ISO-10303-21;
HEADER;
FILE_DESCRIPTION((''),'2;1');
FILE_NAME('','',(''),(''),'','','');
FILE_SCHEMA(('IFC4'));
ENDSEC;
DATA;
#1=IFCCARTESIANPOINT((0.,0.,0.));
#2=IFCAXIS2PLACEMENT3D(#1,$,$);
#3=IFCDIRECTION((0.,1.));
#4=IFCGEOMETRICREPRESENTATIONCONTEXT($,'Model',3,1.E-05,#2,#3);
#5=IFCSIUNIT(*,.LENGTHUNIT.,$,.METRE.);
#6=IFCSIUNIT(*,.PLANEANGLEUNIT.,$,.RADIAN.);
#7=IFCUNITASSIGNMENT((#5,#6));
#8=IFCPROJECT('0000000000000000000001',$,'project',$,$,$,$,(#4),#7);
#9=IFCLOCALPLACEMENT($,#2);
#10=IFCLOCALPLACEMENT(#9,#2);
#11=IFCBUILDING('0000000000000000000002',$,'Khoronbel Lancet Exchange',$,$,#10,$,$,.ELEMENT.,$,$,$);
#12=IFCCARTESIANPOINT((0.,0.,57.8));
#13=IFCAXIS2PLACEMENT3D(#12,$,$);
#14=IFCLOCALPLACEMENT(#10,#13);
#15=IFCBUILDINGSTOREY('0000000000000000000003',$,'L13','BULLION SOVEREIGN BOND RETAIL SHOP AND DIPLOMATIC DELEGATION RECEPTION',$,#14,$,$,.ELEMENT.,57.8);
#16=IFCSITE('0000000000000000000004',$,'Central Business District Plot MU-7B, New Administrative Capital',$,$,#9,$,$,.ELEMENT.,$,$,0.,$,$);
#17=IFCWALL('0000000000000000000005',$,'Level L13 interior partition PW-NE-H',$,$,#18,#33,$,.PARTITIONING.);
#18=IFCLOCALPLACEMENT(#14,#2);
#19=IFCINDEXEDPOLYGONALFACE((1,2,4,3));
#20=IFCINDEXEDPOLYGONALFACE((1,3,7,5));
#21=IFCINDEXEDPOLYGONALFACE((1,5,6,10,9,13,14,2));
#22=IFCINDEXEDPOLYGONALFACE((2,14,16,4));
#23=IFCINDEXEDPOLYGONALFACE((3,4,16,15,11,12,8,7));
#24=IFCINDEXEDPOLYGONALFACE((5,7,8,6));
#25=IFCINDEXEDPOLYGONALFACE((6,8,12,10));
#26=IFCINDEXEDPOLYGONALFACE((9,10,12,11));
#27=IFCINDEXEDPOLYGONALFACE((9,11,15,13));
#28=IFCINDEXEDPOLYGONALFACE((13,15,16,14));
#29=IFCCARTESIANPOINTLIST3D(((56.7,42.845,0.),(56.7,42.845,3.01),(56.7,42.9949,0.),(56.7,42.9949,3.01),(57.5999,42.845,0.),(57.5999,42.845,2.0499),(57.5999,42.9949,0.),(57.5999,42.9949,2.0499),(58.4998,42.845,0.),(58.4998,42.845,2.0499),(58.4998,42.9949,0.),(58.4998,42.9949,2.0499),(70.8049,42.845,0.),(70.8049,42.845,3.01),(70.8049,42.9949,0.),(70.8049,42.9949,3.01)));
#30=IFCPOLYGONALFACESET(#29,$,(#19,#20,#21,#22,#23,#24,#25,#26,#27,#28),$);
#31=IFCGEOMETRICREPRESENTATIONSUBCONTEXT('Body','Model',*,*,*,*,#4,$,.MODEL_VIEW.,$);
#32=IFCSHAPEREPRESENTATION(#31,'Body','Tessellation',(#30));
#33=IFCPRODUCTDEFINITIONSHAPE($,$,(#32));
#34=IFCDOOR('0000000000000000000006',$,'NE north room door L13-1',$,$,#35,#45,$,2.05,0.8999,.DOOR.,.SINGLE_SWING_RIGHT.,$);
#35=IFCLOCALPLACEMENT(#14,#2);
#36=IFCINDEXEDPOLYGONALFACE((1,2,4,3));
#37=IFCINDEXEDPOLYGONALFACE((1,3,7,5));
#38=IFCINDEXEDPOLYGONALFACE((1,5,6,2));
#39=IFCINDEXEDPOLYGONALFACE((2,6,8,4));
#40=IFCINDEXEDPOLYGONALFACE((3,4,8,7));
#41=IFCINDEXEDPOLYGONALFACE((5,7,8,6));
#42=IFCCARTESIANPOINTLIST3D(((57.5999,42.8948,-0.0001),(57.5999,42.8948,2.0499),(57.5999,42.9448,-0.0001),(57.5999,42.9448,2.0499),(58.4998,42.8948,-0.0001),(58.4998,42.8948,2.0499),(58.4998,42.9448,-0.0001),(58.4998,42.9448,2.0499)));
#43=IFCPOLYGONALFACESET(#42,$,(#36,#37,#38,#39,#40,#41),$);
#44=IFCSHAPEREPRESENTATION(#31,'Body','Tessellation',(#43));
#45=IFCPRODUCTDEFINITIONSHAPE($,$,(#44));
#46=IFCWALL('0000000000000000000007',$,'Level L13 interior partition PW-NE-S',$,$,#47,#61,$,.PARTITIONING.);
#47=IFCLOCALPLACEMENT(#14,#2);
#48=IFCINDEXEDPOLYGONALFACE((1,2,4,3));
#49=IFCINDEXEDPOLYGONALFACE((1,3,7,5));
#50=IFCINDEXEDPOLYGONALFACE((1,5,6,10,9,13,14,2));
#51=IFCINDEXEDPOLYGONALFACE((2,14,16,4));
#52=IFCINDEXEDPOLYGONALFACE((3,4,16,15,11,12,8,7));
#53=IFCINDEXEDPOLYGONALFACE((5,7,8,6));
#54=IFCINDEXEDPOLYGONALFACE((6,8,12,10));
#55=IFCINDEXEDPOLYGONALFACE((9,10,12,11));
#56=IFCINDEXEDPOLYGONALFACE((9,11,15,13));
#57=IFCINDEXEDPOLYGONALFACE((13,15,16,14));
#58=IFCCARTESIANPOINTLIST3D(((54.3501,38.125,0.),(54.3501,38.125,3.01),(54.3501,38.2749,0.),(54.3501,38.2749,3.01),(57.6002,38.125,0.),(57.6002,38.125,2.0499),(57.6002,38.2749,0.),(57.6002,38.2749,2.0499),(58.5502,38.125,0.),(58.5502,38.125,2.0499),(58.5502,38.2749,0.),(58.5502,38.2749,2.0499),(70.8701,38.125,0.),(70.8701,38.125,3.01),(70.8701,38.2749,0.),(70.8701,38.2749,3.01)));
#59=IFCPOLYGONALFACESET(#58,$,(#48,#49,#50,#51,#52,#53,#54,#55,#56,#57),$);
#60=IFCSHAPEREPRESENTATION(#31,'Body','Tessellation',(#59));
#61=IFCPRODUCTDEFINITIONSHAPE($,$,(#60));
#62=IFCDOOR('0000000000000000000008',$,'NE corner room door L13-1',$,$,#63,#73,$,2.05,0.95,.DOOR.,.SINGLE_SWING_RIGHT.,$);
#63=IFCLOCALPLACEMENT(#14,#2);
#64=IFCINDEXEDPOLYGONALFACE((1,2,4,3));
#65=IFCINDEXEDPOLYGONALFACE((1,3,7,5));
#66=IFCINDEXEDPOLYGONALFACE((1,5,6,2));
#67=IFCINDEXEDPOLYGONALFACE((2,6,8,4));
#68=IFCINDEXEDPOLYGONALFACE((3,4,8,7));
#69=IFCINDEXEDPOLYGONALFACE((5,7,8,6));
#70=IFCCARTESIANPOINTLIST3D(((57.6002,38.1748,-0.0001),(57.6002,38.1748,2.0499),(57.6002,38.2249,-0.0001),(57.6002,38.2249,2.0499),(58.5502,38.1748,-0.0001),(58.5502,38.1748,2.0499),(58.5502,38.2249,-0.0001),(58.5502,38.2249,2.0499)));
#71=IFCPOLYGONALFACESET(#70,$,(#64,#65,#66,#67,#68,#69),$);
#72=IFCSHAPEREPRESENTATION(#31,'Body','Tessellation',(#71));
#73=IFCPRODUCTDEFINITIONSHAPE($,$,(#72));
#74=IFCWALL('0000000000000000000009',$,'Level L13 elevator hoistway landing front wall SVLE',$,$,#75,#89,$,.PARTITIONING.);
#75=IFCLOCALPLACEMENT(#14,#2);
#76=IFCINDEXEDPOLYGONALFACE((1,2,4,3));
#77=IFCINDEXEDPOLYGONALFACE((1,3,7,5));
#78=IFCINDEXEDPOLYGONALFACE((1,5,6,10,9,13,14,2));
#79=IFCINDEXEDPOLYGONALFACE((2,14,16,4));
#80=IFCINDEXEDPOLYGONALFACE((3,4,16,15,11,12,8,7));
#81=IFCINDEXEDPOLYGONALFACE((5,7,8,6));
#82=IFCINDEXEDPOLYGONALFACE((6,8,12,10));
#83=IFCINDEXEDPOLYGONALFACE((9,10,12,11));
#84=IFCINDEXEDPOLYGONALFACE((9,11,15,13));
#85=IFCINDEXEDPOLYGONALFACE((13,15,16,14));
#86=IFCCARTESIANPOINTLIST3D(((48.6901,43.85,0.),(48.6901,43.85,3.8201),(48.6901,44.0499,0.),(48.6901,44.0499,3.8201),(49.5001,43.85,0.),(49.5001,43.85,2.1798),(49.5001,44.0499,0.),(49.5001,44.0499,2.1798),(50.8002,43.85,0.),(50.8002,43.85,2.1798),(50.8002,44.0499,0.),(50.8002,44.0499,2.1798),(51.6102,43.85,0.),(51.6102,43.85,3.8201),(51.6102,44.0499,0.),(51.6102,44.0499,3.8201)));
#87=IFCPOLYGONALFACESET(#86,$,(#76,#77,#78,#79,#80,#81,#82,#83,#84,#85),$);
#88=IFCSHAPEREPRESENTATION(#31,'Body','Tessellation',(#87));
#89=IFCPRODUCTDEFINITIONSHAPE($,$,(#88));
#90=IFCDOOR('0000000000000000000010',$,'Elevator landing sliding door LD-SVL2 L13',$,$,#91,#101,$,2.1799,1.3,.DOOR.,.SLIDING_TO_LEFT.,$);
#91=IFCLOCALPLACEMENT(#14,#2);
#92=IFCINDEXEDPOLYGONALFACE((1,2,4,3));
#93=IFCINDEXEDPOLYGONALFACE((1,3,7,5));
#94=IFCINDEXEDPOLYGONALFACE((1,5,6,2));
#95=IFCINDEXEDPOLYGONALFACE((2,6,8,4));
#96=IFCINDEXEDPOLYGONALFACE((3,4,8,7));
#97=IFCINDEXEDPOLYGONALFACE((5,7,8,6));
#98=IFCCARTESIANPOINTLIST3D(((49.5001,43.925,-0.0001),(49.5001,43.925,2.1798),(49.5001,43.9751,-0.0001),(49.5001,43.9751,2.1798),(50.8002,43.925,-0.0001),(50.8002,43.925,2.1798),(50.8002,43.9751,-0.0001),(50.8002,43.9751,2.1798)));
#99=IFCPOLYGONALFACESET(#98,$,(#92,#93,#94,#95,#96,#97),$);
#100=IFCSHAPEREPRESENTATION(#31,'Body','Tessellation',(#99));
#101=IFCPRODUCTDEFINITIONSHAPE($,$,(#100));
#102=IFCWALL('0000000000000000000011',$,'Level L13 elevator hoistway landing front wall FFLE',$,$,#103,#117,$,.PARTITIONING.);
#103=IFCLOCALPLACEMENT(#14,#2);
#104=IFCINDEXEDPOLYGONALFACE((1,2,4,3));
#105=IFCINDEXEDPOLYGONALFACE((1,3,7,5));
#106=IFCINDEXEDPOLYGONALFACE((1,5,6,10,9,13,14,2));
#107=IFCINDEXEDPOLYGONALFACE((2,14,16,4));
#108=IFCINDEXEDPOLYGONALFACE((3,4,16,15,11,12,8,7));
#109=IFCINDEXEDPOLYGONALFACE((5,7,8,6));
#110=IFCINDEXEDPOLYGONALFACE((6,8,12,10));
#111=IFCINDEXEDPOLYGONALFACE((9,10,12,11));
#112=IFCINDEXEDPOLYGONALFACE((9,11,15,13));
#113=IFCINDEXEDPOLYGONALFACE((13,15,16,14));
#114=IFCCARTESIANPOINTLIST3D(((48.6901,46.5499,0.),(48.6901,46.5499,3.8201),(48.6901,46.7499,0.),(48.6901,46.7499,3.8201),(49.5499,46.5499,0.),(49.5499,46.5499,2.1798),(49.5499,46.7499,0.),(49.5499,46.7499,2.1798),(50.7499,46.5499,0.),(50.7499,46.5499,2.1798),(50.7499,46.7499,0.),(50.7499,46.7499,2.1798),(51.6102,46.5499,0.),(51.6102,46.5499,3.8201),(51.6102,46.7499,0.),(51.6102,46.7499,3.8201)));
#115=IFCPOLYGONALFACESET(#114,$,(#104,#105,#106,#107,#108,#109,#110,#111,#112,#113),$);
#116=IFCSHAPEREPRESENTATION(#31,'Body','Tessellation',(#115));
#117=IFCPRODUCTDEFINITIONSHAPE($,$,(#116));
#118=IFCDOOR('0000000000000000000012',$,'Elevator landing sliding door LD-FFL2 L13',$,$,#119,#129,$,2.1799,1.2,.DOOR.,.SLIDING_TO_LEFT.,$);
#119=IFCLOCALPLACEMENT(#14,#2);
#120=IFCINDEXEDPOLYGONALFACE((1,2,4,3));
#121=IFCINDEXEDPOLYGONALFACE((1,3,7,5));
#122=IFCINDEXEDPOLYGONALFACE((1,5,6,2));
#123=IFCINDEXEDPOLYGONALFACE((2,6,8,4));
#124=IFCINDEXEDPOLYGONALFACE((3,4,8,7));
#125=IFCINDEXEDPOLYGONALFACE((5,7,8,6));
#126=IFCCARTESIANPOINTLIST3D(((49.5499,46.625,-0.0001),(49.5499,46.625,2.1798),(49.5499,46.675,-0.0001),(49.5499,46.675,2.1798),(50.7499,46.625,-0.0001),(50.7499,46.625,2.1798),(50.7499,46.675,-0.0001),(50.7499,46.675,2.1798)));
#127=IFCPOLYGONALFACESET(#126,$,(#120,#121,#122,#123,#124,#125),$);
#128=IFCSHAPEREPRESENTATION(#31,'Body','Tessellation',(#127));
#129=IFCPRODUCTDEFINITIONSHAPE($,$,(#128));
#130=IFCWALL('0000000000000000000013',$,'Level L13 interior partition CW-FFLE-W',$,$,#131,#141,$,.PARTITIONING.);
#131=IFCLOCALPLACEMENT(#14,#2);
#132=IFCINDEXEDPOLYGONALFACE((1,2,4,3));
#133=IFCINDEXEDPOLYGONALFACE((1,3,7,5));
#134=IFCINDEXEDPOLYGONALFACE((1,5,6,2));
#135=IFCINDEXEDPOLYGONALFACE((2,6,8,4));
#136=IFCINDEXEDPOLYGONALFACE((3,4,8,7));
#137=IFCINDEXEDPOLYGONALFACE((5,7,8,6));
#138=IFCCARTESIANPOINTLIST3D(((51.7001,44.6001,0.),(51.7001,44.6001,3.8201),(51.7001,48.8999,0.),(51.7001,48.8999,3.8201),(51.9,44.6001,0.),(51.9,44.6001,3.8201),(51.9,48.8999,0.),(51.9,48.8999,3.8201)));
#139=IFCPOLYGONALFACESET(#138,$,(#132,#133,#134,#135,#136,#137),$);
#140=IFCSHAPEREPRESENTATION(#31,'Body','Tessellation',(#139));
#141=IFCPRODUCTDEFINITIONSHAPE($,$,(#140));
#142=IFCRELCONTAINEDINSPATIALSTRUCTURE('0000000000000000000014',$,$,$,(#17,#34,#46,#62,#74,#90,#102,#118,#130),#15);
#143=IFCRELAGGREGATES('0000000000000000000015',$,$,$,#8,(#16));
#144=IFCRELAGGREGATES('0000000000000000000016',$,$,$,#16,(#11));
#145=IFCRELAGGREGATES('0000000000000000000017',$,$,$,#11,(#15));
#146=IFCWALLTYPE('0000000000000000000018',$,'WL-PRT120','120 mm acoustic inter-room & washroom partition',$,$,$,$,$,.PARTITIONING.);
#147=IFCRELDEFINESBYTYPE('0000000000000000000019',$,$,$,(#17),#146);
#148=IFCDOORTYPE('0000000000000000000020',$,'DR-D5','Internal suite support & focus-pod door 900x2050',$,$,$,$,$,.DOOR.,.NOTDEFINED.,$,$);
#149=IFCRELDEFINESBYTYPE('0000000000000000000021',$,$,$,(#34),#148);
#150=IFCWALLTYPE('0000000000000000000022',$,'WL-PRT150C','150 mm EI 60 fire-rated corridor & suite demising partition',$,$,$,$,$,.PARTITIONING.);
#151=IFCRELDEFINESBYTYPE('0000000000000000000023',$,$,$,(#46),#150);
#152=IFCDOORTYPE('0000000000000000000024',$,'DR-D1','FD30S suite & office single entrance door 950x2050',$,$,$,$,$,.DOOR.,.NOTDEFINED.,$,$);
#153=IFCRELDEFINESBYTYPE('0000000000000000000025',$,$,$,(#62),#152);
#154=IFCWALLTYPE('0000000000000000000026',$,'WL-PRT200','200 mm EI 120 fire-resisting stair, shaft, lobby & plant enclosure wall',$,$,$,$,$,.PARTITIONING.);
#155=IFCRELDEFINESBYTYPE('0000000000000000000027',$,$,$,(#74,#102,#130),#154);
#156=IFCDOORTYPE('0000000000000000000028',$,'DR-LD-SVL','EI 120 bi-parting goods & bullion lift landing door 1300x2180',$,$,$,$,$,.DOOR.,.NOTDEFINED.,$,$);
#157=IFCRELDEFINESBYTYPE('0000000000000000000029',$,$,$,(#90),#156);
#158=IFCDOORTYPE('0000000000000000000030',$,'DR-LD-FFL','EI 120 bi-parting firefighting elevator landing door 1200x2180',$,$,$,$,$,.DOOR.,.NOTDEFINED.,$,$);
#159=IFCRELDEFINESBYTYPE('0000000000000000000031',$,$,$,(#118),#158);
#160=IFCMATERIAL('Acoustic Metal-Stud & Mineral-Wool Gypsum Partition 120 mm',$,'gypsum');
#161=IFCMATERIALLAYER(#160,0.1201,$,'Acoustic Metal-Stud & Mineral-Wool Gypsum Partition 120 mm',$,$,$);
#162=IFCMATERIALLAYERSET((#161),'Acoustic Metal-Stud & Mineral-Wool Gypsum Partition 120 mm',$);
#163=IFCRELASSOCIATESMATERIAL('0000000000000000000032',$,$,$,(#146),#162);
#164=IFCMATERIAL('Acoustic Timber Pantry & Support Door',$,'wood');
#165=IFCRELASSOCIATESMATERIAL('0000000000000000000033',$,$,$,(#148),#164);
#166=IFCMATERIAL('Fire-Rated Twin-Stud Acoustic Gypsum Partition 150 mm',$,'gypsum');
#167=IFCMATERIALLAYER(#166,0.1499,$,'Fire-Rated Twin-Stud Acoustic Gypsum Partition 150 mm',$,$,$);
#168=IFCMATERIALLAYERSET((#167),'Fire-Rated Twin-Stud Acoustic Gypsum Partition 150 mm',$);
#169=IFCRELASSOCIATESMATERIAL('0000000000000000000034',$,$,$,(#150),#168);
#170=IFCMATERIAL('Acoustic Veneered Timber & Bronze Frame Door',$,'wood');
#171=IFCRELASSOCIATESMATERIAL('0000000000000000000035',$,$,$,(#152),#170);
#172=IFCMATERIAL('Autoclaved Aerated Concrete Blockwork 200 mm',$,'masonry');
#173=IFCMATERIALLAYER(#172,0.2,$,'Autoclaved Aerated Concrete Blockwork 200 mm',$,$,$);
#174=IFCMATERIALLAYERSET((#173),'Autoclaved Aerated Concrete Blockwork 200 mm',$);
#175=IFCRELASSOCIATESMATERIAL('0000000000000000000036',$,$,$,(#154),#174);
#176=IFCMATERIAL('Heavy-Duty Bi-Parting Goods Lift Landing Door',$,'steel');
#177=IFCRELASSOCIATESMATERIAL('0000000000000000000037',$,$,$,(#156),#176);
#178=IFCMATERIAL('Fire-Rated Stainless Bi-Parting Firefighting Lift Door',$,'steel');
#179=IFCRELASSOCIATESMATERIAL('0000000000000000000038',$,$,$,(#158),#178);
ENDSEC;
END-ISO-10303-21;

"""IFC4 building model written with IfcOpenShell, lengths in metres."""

from ifc_helpers import new_model, si_unit, direction, frame, frame_2d, origin, place, context, subcontext, project, spatial, rectangle, extrude, material, layer, layer_set, type_object, element, fill, save


model = new_model("IFC4")

# Units and contexts
model_context = context("Model", 3, precision=1e-05, world=origin(), true_north=direction((0.0, 1.0)))
body_context = subcontext(model_context, "Body", "Model", "MODEL_VIEW")
ifc_project = project(units=[si_unit("LENGTHUNIT", "METRE"), si_unit("PLANEANGLEUNIT", "RADIAN")], contexts=[model_context])

# Site, building, storey
site_placement = place(None, origin())
site = spatial("IfcSite", under=ifc_project, at=site_placement, Name="Central Business District Plot MU-7B, New Administrative Capital", CompositionType="ELEMENT", RefElevation=0.0)
building_placement = place(site_placement, origin())
building = spatial("IfcBuilding", under=site, at=building_placement, Name="Khoronbel Lancet Exchange", CompositionType="ELEMENT")
storey_placement = place(building_placement, frame((0.0, 0.0, 57.8)))
storey = spatial("IfcBuildingStorey", under=building, at=storey_placement, Name="L13", Description="BULLION SOVEREIGN BOND RETAIL SHOP AND DIPLOMATIC DELEGATION RECEPTION", CompositionType="ELEMENT", Elevation=57.8)

# Shared definitions
ifc_material_1 = material(Name="Acoustic Metal-Stud & Mineral-Wool Gypsum Partition 120 mm", Category="gypsum")
ifc_layer_1 = layer(ifc_material_1, 0.1201, Name="Acoustic Metal-Stud & Mineral-Wool Gypsum Partition 120 mm")
ifc_layer_set_1 = layer_set([ifc_layer_1], Name="Acoustic Metal-Stud & Mineral-Wool Gypsum Partition 120 mm")
wall_type_1 = type_object("IfcWallType", Name="WL-PRT120", Description="120 mm acoustic inter-room & washroom partition", PredefinedType="PARTITIONING", material=ifc_layer_set_1)

# Walls, openings, doors
wall_1_placement = place(storey_placement, frame((56.7, 42.9199, 0.0), z_axis=(0.0, 0.0, 1.0), x_axis=(1.0, 0.0, 0.0)))
wall_1 = element("IfcWall", 1, at=wall_1_placement, inside=storey, type_object=wall_type_1, Name="Level L13 interior partition PW-NE-H", PredefinedType="PARTITIONING", context=body_context, shape_type="SweptSolid", body=[
    extrude(rectangle(XDim=14.105, YDim=0.1499, at=frame_2d((7.0525, 0.0))), origin(), (0.0, 0.0, 1.0), 3.01),
])
opening_1_placement = place(wall_1_placement, frame((0.8999, 0.0, 0.0)))
opening_1 = element("IfcOpeningElement", 2, at=opening_1_placement, cuts=wall_1, PredefinedType="OPENING", context=body_context, shape_type="SweptSolid", body=[
    extrude(rectangle(XDim=0.8999, YDim=2.05, at=frame_2d((0.45, 1.0249))), frame((0.0, 0.085, 0.0), z_axis=(0.0, -1.0, 0.0), x_axis=(1.0, 0.0, 0.0)), (0.0, 0.0, 1.0), 0.1699),
])
ifc_material_2 = material(Name="Acoustic Timber Pantry & Support Door", Category="wood")
door_type_1 = type_object("IfcDoorType", Name="DR-D5", Description="Internal suite support & focus-pod door 900x2050", OperationType="NOTDEFINED", PredefinedType="DOOR", material=ifc_material_2)
door_1_placement = place(opening_1_placement, origin())
door_1 = element("IfcDoor", 3, at=door_1_placement, inside=storey, type_object=door_type_1, Name="NE north room door L13-1", OperationType="SINGLE_SWING_RIGHT", OverallHeight=2.05, OverallWidth=0.8999, PredefinedType="DOOR", context=body_context, shape_type="SweptSolid", body=[
    extrude(rectangle(XDim=0.8999, YDim=2.05, at=frame_2d((0.45, 1.0249))), frame((0.0, 0.0249, 0.0), z_axis=(0.0, -1.0, 0.0), x_axis=(1.0, 0.0, 0.0)), (0.0, 0.0, 1.0), 0.05),
])
fill(opening_1, door_1)
ifc_material_3 = material(Name="Fire-Rated Twin-Stud Acoustic Gypsum Partition 150 mm", Category="gypsum")
ifc_layer_2 = layer(ifc_material_3, 0.1499, Name="Fire-Rated Twin-Stud Acoustic Gypsum Partition 150 mm")
ifc_layer_set_2 = layer_set([ifc_layer_2], Name="Fire-Rated Twin-Stud Acoustic Gypsum Partition 150 mm")
wall_type_2 = type_object("IfcWallType", Name="WL-PRT150C", Description="150 mm EI 60 fire-rated corridor & suite demising partition", PredefinedType="PARTITIONING", material=ifc_layer_set_2)
wall_2_placement = place(storey_placement, frame((54.3501, 38.2, 0.0), z_axis=(0.0, 0.0, 1.0), x_axis=(1.0, 0.0, 0.0)))
wall_2 = element("IfcWall", 4, at=wall_2_placement, inside=storey, type_object=wall_type_2, Name="Level L13 interior partition PW-NE-S", PredefinedType="PARTITIONING", context=body_context, shape_type="SweptSolid", body=[
    extrude(rectangle(XDim=16.52, YDim=0.1499, at=frame_2d((8.26, 0.0))), origin(), (0.0, 0.0, 1.0), 3.01),
])
opening_2_placement = place(wall_2_placement, frame((3.25, 0.0, 0.0)))
opening_2 = element("IfcOpeningElement", 5, at=opening_2_placement, cuts=wall_2, PredefinedType="OPENING", context=body_context, shape_type="SweptSolid", body=[
    extrude(rectangle(XDim=0.95, YDim=2.05, at=frame_2d((0.4751, 1.0249))), frame((0.0, 0.085, 0.0), z_axis=(0.0, -1.0, 0.0), x_axis=(1.0, 0.0, 0.0)), (0.0, 0.0, 1.0), 0.1699),
])
ifc_material_4 = material(Name="Acoustic Veneered Timber & Bronze Frame Door", Category="wood")
door_type_2 = type_object("IfcDoorType", Name="DR-D1", Description="FD30S suite & office single entrance door 950x2050", OperationType="NOTDEFINED", PredefinedType="DOOR", material=ifc_material_4)
door_2_placement = place(opening_2_placement, origin())
door_2 = element("IfcDoor", 6, at=door_2_placement, inside=storey, type_object=door_type_2, Name="NE corner room door L13-1", OperationType="SINGLE_SWING_RIGHT", OverallHeight=2.05, OverallWidth=0.95, PredefinedType="DOOR", context=body_context, shape_type="SweptSolid", body=[
    extrude(rectangle(XDim=0.95, YDim=2.05, at=frame_2d((0.4751, 1.0249))), frame((0.0, 0.0249, 0.0), z_axis=(0.0, -1.0, 0.0), x_axis=(1.0, 0.0, 0.0)), (0.0, 0.0, 1.0), 0.05),
])
fill(opening_2, door_2)
ifc_material_5 = material(Name="Autoclaved Aerated Concrete Blockwork 200 mm", Category="masonry")
ifc_layer_3 = layer(ifc_material_5, 0.2, Name="Autoclaved Aerated Concrete Blockwork 200 mm")
ifc_layer_set_3 = layer_set([ifc_layer_3], Name="Autoclaved Aerated Concrete Blockwork 200 mm")
wall_type_3 = type_object("IfcWallType", Name="WL-PRT200", Description="200 mm EI 120 fire-resisting stair, shaft, lobby & plant enclosure wall", PredefinedType="PARTITIONING", material=ifc_layer_set_3)
wall_3_placement = place(storey_placement, frame((51.6101, 43.95, 0.0), z_axis=(0.0, 0.0, 1.0), x_axis=(-1.0, 0.0, 0.0)))
wall_3 = element("IfcWall", 7, at=wall_3_placement, inside=storey, type_object=wall_type_3, Name="Level L13 elevator hoistway landing front wall SVLE", PredefinedType="PARTITIONING", context=body_context, shape_type="SweptSolid", body=[
    extrude(rectangle(XDim=2.9202, YDim=0.2, at=frame_2d((1.46, 0.0))), origin(), (0.0, 0.0, 1.0), 3.8201),
])
opening_3_placement = place(wall_3_placement, frame((0.8101, 0.0, 0.0)))
opening_3 = element("IfcOpeningElement", 8, at=opening_3_placement, cuts=wall_3, PredefinedType="OPENING", context=body_context, shape_type="SweptSolid", body=[
    extrude(rectangle(XDim=1.3, YDim=2.1799, at=frame_2d((0.6499, 1.0898))), frame((0.0, 0.1099, 0.0), z_axis=(0.0, -1.0, 0.0), x_axis=(1.0, 0.0, 0.0)), (0.0, 0.0, 1.0), 0.22),
])
ifc_material_6 = material(Name="Heavy-Duty Bi-Parting Goods Lift Landing Door", Category="steel")
door_type_3 = type_object("IfcDoorType", Name="DR-LD-SVL", Description="EI 120 bi-parting goods & bullion lift landing door 1300x2180", OperationType="NOTDEFINED", PredefinedType="DOOR", material=ifc_material_6)
door_3_placement = place(opening_3_placement, origin())
door_3 = element("IfcDoor", 9, at=door_3_placement, inside=storey, type_object=door_type_3, Name="Elevator landing sliding door LD-SVL2 L13", OperationType="SLIDING_TO_LEFT", OverallHeight=2.1799, OverallWidth=1.3, PredefinedType="DOOR", context=body_context, shape_type="SweptSolid", body=[
    extrude(rectangle(XDim=1.3, YDim=2.1799, at=frame_2d((0.6499, 1.0898))), frame((0.0, 0.0249, 0.0), z_axis=(0.0, -1.0, 0.0), x_axis=(1.0, 0.0, 0.0)), (0.0, 0.0, 1.0), 0.05),
])
fill(opening_3, door_3)
wall_4_placement = place(storey_placement, frame((51.6101, 46.6499, 0.0), z_axis=(0.0, 0.0, 1.0), x_axis=(-1.0, 0.0, 0.0)))
wall_4 = element("IfcWall", 10, at=wall_4_placement, inside=storey, type_object=wall_type_3, Name="Level L13 elevator hoistway landing front wall FFLE", PredefinedType="PARTITIONING", context=body_context, shape_type="SweptSolid", body=[
    extrude(rectangle(XDim=2.9202, YDim=0.2, at=frame_2d((1.46, 0.0))), origin(), (0.0, 0.0, 1.0), 3.8201),
])
opening_4_placement = place(wall_4_placement, frame((0.8601, 0.0, 0.0)))
opening_4 = element("IfcOpeningElement", 11, at=opening_4_placement, cuts=wall_4, PredefinedType="OPENING", context=body_context, shape_type="SweptSolid", body=[
    extrude(rectangle(XDim=1.2, YDim=2.1799, at=frame_2d((0.6001, 1.0898))), frame((0.0, 0.1099, 0.0), z_axis=(0.0, -1.0, 0.0), x_axis=(1.0, 0.0, 0.0)), (0.0, 0.0, 1.0), 0.22),
])
ifc_material_7 = material(Name="Fire-Rated Stainless Bi-Parting Firefighting Lift Door", Category="steel")
door_type_4 = type_object("IfcDoorType", Name="DR-LD-FFL", Description="EI 120 bi-parting firefighting elevator landing door 1200x2180", OperationType="NOTDEFINED", PredefinedType="DOOR", material=ifc_material_7)
door_4_placement = place(opening_4_placement, origin())
door_4 = element("IfcDoor", 12, at=door_4_placement, inside=storey, type_object=door_type_4, Name="Elevator landing sliding door LD-FFL2 L13", OperationType="SLIDING_TO_LEFT", OverallHeight=2.1799, OverallWidth=1.2, PredefinedType="DOOR", context=body_context, shape_type="SweptSolid", body=[
    extrude(rectangle(XDim=1.2, YDim=2.1799, at=frame_2d((0.6001, 1.0898))), frame((0.0, 0.0249, 0.0), z_axis=(0.0, -1.0, 0.0), x_axis=(1.0, 0.0, 0.0)), (0.0, 0.0, 1.0), 0.05),
])
fill(opening_4, door_4)

# Wall
wall_5_placement = place(storey_placement, frame((51.8, 44.6001, 0.0), z_axis=(0.0, 0.0, 1.0), x_axis=(0.0, 1.0, 0.0)))
element("IfcWall", 13, at=wall_5_placement, inside=storey, type_object=wall_type_3, Name="Level L13 interior partition CW-FFLE-W", PredefinedType="PARTITIONING", context=body_context, shape_type="SweptSolid", body=[
    extrude(rectangle(XDim=4.2998, YDim=0.2, at=frame_2d((2.1499, 0.0))), origin(), (0.0, 0.0, 1.0), 3.8201),
])

save(model, "model.ifc")
